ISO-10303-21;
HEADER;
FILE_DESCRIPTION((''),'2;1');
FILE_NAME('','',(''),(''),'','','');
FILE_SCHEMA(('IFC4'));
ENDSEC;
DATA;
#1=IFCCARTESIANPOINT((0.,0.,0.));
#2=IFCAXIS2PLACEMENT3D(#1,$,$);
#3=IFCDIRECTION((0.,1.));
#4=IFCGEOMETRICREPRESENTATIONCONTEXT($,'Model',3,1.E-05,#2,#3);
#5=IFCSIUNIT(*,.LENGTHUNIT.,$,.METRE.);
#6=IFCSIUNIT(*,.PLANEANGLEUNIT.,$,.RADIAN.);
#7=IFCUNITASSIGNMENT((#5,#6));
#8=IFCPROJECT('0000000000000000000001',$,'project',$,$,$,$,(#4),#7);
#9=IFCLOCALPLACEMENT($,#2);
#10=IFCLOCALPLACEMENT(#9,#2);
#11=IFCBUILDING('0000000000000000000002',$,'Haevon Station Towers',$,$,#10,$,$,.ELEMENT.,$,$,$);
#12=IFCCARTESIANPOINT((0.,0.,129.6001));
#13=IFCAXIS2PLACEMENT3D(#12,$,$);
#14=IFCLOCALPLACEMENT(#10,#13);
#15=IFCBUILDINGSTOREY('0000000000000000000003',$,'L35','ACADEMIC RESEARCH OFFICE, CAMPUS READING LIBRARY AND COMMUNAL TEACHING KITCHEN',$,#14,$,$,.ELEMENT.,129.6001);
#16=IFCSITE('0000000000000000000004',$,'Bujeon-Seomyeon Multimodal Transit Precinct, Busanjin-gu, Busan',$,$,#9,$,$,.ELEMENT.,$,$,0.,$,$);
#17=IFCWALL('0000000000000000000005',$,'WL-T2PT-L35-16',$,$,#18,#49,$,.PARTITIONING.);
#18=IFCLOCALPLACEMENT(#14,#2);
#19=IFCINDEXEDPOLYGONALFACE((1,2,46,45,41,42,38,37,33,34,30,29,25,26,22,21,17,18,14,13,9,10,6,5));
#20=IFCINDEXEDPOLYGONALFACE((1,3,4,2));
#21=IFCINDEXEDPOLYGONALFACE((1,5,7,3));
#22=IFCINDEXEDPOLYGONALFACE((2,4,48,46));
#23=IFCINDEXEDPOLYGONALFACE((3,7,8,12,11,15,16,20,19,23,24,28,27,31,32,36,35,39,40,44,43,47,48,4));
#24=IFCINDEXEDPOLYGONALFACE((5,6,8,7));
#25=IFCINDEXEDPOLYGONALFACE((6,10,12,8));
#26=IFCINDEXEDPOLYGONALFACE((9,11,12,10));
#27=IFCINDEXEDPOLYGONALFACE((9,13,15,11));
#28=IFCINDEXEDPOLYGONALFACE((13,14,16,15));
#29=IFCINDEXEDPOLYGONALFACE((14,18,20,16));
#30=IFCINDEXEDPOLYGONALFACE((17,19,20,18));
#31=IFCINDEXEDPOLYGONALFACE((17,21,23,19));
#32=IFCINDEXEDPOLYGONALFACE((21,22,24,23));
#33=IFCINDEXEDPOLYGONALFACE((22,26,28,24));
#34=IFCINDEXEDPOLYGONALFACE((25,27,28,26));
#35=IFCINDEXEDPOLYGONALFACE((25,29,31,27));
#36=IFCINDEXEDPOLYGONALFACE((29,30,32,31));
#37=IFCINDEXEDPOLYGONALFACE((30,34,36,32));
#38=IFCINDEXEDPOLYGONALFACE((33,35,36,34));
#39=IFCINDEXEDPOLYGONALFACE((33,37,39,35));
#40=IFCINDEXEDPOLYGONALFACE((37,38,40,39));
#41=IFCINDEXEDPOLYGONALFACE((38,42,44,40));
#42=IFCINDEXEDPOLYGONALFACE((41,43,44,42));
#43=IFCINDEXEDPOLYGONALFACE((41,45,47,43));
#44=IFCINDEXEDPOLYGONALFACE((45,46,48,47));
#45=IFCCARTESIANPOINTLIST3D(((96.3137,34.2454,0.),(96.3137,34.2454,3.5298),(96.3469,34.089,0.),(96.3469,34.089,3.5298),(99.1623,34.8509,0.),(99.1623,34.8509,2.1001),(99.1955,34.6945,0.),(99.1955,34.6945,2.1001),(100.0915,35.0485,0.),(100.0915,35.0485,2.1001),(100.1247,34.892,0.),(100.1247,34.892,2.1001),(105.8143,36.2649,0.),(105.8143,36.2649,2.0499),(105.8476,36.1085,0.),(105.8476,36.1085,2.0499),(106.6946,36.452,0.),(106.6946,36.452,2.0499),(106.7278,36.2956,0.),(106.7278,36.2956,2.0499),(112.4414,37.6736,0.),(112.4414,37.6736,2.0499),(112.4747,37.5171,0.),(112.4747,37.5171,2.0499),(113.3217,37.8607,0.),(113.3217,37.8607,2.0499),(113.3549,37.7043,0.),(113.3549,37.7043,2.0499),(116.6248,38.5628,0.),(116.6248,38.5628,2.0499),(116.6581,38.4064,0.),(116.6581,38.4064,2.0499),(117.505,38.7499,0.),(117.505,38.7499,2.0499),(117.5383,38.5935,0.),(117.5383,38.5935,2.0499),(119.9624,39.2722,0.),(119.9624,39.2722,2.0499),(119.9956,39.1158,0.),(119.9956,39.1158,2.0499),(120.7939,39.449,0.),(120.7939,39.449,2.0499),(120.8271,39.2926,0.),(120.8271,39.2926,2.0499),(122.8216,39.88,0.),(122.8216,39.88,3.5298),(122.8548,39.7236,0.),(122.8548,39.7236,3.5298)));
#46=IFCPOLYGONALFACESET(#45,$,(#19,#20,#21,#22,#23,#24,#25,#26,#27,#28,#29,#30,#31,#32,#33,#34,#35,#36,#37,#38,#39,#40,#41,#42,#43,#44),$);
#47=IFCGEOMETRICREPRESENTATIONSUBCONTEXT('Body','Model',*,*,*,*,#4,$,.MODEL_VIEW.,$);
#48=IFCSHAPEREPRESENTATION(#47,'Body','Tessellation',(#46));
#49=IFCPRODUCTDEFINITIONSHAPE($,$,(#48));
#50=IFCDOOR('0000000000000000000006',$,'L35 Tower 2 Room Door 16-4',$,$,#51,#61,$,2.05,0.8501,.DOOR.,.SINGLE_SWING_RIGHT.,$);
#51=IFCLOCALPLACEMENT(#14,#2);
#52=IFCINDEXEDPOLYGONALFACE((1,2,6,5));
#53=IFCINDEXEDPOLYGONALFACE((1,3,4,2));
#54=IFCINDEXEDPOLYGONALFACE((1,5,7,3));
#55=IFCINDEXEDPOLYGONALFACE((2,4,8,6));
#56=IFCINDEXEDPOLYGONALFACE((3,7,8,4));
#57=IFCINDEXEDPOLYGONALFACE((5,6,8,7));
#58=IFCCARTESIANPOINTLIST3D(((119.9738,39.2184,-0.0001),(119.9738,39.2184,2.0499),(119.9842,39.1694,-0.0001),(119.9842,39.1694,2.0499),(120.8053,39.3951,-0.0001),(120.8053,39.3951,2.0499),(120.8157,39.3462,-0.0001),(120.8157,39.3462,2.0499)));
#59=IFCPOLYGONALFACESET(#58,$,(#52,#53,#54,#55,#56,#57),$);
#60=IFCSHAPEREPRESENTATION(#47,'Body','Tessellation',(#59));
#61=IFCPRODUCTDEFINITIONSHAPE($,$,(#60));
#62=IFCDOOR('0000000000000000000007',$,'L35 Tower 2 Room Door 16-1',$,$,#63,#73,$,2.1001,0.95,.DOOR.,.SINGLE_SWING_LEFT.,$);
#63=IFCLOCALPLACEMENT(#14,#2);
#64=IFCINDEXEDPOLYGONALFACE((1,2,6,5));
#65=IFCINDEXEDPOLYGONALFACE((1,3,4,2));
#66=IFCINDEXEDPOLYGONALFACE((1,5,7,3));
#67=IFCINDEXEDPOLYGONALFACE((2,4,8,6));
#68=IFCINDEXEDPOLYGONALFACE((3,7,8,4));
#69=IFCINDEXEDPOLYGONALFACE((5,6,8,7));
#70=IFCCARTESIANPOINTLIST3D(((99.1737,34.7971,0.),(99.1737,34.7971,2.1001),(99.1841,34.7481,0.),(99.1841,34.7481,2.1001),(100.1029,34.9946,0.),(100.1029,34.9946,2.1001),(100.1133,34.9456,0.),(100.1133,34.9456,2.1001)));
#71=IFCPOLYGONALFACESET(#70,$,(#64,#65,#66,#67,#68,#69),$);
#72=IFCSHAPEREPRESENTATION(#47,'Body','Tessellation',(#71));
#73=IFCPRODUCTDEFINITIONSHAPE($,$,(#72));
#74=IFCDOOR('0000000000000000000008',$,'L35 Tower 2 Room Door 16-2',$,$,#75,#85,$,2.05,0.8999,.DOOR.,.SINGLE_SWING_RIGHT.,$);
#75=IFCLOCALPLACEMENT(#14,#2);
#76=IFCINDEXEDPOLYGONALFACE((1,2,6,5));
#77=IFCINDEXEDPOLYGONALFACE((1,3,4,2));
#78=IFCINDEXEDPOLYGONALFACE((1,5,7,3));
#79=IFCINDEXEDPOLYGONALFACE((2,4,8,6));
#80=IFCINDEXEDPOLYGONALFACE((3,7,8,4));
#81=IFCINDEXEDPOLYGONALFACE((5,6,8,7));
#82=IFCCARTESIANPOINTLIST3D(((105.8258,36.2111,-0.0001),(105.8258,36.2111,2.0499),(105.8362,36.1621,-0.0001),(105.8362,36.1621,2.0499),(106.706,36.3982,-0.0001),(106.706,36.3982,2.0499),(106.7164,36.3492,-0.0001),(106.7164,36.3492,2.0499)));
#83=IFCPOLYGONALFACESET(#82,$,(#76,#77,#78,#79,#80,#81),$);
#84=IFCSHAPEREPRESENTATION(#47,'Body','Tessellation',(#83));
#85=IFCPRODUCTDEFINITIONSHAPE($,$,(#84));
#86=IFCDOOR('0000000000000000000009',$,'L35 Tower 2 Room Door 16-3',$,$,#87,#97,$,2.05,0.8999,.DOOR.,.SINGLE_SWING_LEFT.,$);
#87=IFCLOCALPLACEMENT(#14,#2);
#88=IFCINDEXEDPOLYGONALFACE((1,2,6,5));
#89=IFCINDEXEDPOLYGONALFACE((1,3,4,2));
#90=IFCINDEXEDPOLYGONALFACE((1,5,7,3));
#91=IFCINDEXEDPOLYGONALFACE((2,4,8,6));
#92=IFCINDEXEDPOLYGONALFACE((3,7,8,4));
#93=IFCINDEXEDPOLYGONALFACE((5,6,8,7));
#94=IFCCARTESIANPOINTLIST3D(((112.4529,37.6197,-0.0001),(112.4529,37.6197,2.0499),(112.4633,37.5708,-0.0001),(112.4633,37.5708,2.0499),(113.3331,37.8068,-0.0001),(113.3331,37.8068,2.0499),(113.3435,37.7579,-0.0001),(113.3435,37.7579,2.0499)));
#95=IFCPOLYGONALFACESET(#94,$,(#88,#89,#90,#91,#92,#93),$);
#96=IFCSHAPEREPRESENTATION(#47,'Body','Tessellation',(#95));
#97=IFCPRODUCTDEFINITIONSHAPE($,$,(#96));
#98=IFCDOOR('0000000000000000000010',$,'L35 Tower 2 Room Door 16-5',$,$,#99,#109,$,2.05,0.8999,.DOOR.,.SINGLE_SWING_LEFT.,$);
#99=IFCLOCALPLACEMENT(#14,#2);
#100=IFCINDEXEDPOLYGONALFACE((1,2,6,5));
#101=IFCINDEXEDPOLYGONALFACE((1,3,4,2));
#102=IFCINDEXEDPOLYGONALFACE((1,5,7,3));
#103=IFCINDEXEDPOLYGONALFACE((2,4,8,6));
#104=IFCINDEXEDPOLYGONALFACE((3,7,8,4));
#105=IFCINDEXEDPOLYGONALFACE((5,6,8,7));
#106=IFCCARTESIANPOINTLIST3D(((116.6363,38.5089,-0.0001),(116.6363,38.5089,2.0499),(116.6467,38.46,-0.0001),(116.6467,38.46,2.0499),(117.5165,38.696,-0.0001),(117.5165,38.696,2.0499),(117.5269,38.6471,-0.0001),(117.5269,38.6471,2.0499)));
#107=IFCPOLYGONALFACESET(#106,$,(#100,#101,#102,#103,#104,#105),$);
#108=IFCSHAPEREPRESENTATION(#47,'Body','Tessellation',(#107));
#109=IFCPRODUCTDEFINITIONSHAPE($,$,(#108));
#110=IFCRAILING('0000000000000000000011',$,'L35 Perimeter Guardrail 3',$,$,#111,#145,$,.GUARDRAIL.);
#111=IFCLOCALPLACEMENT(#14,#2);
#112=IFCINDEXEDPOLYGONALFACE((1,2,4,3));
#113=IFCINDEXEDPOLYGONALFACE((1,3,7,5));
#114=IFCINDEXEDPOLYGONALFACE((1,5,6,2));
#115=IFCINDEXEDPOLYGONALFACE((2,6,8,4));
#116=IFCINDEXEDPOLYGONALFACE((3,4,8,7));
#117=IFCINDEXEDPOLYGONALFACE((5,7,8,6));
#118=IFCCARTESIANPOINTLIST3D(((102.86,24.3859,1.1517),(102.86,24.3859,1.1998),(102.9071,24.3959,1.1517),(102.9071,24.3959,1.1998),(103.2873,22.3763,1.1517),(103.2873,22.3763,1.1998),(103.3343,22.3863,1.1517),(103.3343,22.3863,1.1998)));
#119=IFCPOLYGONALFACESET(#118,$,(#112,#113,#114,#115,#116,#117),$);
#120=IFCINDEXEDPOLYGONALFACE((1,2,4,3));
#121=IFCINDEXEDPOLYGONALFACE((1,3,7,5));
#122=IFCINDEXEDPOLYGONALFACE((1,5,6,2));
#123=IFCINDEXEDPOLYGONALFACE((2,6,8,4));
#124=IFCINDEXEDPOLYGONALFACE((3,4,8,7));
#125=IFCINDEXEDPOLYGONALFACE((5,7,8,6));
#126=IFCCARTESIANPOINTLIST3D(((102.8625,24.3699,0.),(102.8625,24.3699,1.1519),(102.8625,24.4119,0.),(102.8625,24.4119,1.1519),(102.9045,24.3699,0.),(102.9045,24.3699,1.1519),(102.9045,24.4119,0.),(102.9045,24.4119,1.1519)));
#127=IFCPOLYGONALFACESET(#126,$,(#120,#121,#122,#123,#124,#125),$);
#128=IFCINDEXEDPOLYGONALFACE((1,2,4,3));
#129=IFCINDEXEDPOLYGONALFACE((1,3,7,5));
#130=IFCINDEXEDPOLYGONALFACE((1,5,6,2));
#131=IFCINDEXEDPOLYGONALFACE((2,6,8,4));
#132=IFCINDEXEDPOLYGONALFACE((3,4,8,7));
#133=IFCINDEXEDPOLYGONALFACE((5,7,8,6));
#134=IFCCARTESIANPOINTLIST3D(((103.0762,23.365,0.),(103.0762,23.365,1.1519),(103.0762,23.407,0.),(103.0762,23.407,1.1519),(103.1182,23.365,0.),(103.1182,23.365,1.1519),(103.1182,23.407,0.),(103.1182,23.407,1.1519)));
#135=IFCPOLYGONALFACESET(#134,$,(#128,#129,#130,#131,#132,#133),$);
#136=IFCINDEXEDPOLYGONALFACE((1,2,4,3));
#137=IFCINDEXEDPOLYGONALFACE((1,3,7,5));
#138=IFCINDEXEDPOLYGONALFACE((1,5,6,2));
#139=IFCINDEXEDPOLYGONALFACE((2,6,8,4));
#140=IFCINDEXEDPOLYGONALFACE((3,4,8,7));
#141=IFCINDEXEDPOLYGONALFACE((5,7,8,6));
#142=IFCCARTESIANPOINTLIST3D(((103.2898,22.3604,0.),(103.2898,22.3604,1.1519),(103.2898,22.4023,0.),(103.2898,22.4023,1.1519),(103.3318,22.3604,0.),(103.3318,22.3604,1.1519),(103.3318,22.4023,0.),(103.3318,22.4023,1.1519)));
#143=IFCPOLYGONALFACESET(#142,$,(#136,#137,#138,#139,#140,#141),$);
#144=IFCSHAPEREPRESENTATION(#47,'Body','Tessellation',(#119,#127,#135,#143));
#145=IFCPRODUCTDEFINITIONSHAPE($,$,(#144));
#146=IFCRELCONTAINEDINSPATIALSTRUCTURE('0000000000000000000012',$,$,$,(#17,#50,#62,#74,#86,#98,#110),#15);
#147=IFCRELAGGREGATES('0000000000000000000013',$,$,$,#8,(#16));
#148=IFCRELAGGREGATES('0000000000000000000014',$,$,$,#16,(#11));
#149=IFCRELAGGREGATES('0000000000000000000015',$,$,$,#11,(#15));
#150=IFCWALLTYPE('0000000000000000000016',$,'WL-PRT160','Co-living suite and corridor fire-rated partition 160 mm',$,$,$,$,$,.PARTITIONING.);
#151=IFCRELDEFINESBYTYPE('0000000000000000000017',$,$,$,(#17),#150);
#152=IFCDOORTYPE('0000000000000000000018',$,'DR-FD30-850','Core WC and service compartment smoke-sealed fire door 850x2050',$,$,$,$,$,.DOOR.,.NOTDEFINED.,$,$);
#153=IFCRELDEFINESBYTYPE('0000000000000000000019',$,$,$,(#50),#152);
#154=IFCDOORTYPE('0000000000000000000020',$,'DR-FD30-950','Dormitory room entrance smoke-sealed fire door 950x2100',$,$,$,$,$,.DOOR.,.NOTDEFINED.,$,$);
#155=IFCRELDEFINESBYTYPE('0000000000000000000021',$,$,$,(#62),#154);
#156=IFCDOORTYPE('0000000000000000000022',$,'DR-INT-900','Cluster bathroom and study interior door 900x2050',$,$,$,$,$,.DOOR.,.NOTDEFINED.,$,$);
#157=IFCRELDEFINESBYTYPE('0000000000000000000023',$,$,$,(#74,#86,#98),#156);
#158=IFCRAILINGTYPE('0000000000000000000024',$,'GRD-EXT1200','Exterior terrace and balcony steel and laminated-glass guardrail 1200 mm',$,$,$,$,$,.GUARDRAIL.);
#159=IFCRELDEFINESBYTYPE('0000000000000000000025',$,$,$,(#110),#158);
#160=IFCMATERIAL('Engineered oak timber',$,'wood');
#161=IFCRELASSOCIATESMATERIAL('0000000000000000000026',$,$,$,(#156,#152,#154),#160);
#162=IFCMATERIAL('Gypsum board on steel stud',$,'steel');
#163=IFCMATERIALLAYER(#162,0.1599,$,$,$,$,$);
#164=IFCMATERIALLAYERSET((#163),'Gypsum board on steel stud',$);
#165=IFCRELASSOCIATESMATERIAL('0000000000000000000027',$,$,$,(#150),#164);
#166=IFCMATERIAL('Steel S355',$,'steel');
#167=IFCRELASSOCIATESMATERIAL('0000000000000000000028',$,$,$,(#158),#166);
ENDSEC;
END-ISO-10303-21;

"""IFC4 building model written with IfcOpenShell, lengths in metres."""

from ifc_helpers import new_model, si_unit, direction, frame, frame_2d, origin, origin_2d, place, context, subcontext, project, spatial, rectangle, extrude, material, layer, layer_set, type_object, element, fill, save


model = new_model("IFC4")

# Units and contexts
model_context = context("Model", 3, precision=1e-05, world=origin(), true_north=direction((0.0, 1.0)))
body_context = subcontext(model_context, "Body", "Model", "MODEL_VIEW")
ifc_project = project(units=[si_unit("LENGTHUNIT", "METRE"), si_unit("PLANEANGLEUNIT", "RADIAN")], contexts=[model_context])

# Site, building, storey
site_placement = place(None, origin())
site = spatial("IfcSite", under=ifc_project, at=site_placement, Name="Bujeon-Seomyeon Multimodal Transit Precinct, Busanjin-gu, Busan", CompositionType="ELEMENT", RefElevation=0.0)
building_placement = place(site_placement, origin())
building = spatial("IfcBuilding", under=site, at=building_placement, Name="Haevon Station Towers", CompositionType="ELEMENT")
storey_placement = place(building_placement, frame((0.0, 0.0, 129.6001)))
storey = spatial("IfcBuildingStorey", under=building, at=storey_placement, Name="L35", Description="ACADEMIC RESEARCH OFFICE, CAMPUS READING LIBRARY AND COMMUNAL TEACHING KITCHEN", CompositionType="ELEMENT", Elevation=129.6001)

# Shared definitions
ifc_material_1 = material(Name="Steel S355", Category="steel")

# Shared definitions
ifc_material_2 = material(Name="Gypsum board on steel stud", Category="steel")
ifc_material_3 = material(Name="Engineered oak timber", Category="wood")
door_type_1 = type_object("IfcDoorType", Name="DR-INT-900", Description="Cluster bathroom and study interior door 900x2050", OperationType="NOTDEFINED", PredefinedType="DOOR", material=ifc_material_3)

# Shared definitions
ifc_layer_1 = layer(ifc_material_2, 0.1599)
ifc_layer_set_1 = layer_set([ifc_layer_1], Name="Gypsum board on steel stud")
wall_type_1 = type_object("IfcWallType", Name="WL-PRT160", Description="Co-living suite and corridor fire-rated partition 160 mm", PredefinedType="PARTITIONING", material=ifc_layer_set_1)

# Wall, openings, doors
wall_1_placement = place(storey_placement, frame((96.3303, 34.1672, 0.0), z_axis=(0.0, 0.0, 1.0), x_axis=(0.978147, 0.207916, 0.0)))
wall_1 = element("IfcWall", 1, at=wall_1_placement, inside=storey, type_object=wall_type_1, Name="WL-T2PT-L35-16", PredefinedType="PARTITIONING", context=body_context, shape_type="SweptSolid", body=[
    extrude(rectangle(XDim=27.1001, YDim=0.1599, at=frame_2d((13.55, 0.0))), origin(), (0.0, 0.0, 1.0), 3.5298),
])
opening_1_placement = place(wall_1_placement, frame((2.9121, 0.0, 0.0)))
opening_1 = element("IfcOpeningElement", 2, at=opening_1_placement, cuts=wall_1, PredefinedType="OPENING", context=body_context, shape_type="SweptSolid", body=[
    extrude(rectangle(XDim=0.95, YDim=2.1001, at=frame_2d((0.4751, 1.05))), frame((0.0, 0.0898, 0.0), z_axis=(0.0, -1.0, 0.0), x_axis=(1.0, 0.0, 0.0)), (0.0, 0.0, 1.0), 0.1799),
])
opening_2_placement = place(wall_1_placement, frame((9.7129, 0.0, 0.0)))
opening_2 = element("IfcOpeningElement", 3, at=opening_2_placement, cuts=wall_1, PredefinedType="OPENING", context=body_context, shape_type="SweptSolid", body=[
    extrude(rectangle(XDim=0.8999, YDim=2.05, at=frame_2d((0.45, 1.0249))), frame((0.0, 0.0898, 0.0), z_axis=(0.0, -1.0, 0.0), x_axis=(1.0, 0.0, 0.0)), (0.0, 0.0, 1.0), 0.1799),
])
opening_3_placement = place(wall_1_placement, frame((16.488, 0.0, 0.0)))
opening_3 = element("IfcOpeningElement", 4, at=opening_3_placement, cuts=wall_1, PredefinedType="OPENING", context=body_context, shape_type="SweptSolid", body=[
    extrude(rectangle(XDim=0.8999, YDim=2.05, at=frame_2d((0.45, 1.0249))), frame((0.0, 0.0898, 0.0), z_axis=(0.0, -1.0, 0.0), x_axis=(1.0, 0.0, 0.0)), (0.0, 0.0, 1.0), 0.1799),
])
opening_4_placement = place(wall_1_placement, frame((24.177, 0.0, 0.0)))
opening_4 = element("IfcOpeningElement", 5, at=opening_4_placement, cuts=wall_1, PredefinedType="OPENING", context=body_context, shape_type="SweptSolid", body=[
    extrude(rectangle(XDim=0.8501, YDim=2.05, at=frame_2d((0.425, 1.0249))), frame((0.0, 0.0898, 0.0), z_axis=(0.0, -1.0, 0.0), x_axis=(1.0, 0.0, 0.0)), (0.0, 0.0, 1.0), 0.1799),
])
opening_5_placement = place(wall_1_placement, frame((20.7649, 0.0, 0.0)))
opening_5 = element("IfcOpeningElement", 6, at=opening_5_placement, cuts=wall_1, PredefinedType="OPENING", context=body_context, shape_type="SweptSolid", body=[
    extrude(rectangle(XDim=0.8999, YDim=2.05, at=frame_2d((0.45, 1.0249))), frame((0.0, 0.0898, 0.0), z_axis=(0.0, -1.0, 0.0), x_axis=(1.0, 0.0, 0.0)), (0.0, 0.0, 1.0), 0.1799),
])
door_type_2 = type_object("IfcDoorType", Name="DR-FD30-850", Description="Core WC and service compartment smoke-sealed fire door 850x2050", OperationType="NOTDEFINED", PredefinedType="DOOR", material=ifc_material_3)
door_1_placement = place(opening_4_placement, origin())
door_1 = element("IfcDoor", 7, at=door_1_placement, inside=storey, type_object=door_type_2, Name="L35 Tower 2 Room Door 16-4", OperationType="SINGLE_SWING_RIGHT", OverallHeight=2.05, OverallWidth=0.8501, PredefinedType="DOOR", context=body_context, shape_type="SweptSolid", body=[
    extrude(rectangle(XDim=0.8501, YDim=2.05, at=frame_2d((0.425, 1.0249))), frame((0.0, 0.0249, 0.0), z_axis=(0.0, -1.0, 0.0), x_axis=(1.0, 0.0, 0.0)), (0.0, 0.0, 1.0), 0.05),
])
fill(opening_4, door_1)
door_type_3 = type_object("IfcDoorType", Name="DR-FD30-950", Description="Dormitory room entrance smoke-sealed fire door 950x2100", OperationType="NOTDEFINED", PredefinedType="DOOR", material=ifc_material_3)
door_2_placement = place(opening_1_placement, origin())
door_2 = element("IfcDoor", 8, at=door_2_placement, inside=storey, type_object=door_type_3, Name="L35 Tower 2 Room Door 16-1", OperationType="SINGLE_SWING_LEFT", OverallHeight=2.1001, OverallWidth=0.95, PredefinedType="DOOR", context=body_context, shape_type="SweptSolid", body=[
    extrude(rectangle(XDim=0.95, YDim=2.1001, at=frame_2d((0.4751, 1.05))), frame((0.0, 0.0249, 0.0), z_axis=(0.0, -1.0, 0.0), x_axis=(1.0, 0.0, 0.0)), (0.0, 0.0, 1.0), 0.05),
])
fill(opening_1, door_2)
door_3_placement = place(opening_2_placement, origin())
door_3 = element("IfcDoor", 9, at=door_3_placement, inside=storey, type_object=door_type_1, Name="L35 Tower 2 Room Door 16-2", OperationType="SINGLE_SWING_RIGHT", OverallHeight=2.05, OverallWidth=0.8999, PredefinedType="DOOR", context=body_context, shape_type="SweptSolid", body=[
    extrude(rectangle(XDim=0.8999, YDim=2.05, at=frame_2d((0.45, 1.0249))), frame((0.0, 0.0249, 0.0), z_axis=(0.0, -1.0, 0.0), x_axis=(1.0, 0.0, 0.0)), (0.0, 0.0, 1.0), 0.05),
])
fill(opening_2, door_3)
door_4_placement = place(opening_3_placement, origin())
door_4 = element("IfcDoor", 10, at=door_4_placement, inside=storey, type_object=door_type_1, Name="L35 Tower 2 Room Door 16-3", OperationType="SINGLE_SWING_LEFT", OverallHeight=2.05, OverallWidth=0.8999, PredefinedType="DOOR", context=body_context, shape_type="SweptSolid", body=[
    extrude(rectangle(XDim=0.8999, YDim=2.05, at=frame_2d((0.45, 1.0249))), frame((0.0, 0.0249, 0.0), z_axis=(0.0, -1.0, 0.0), x_axis=(1.0, 0.0, 0.0)), (0.0, 0.0, 1.0), 0.05),
])
fill(opening_3, door_4)
door_5_placement = place(opening_5_placement, origin())
door_5 = element("IfcDoor", 11, at=door_5_placement, inside=storey, type_object=door_type_1, Name="L35 Tower 2 Room Door 16-5", OperationType="SINGLE_SWING_LEFT", OverallHeight=2.05, OverallWidth=0.8999, PredefinedType="DOOR", context=body_context, shape_type="SweptSolid", body=[
    extrude(rectangle(XDim=0.8999, YDim=2.05, at=frame_2d((0.45, 1.0249))), frame((0.0, 0.0249, 0.0), z_axis=(0.0, -1.0, 0.0), x_axis=(1.0, 0.0, 0.0)), (0.0, 0.0, 1.0), 0.05),
])
fill(opening_5, door_5)

# Railing
railing_type = type_object("IfcRailingType", Name="GRD-EXT1200", Description="Exterior terrace and balcony steel and laminated-glass guardrail 1200 mm", PredefinedType="GUARDRAIL", material=ifc_material_1)
railing_placement = place(storey_placement, frame((102.8835, 24.3909, 0.0)))
element("IfcRailing", 12, at=railing_placement, inside=storey, type_object=railing_type, Name="L35 Perimeter Guardrail 3", PredefinedType="GUARDRAIL", context=body_context, shape_type="SweptSolid", body=[
    extrude(rectangle(XDim=0.0481, YDim=0.0481, at=origin_2d()), frame((0.0, 0.0, 1.1758), z_axis=(0.207963, -0.978137, 0.0), x_axis=(0.978137, 0.207963, 0.0)), (0.0, 0.0, 1.0), 2.0544),
    extrude(rectangle(XDim=0.042, YDim=0.042, at=origin_2d()), origin(), (0.0, 0.0, 1.0), 1.1519),
    extrude(rectangle(XDim=0.042, YDim=0.042, at=origin_2d()), frame((0.2136, -1.0049, 0.0)), (0.0, 0.0, 1.0), 1.1519),
    extrude(rectangle(XDim=0.042, YDim=0.042, at=origin_2d()), frame((0.4272, -2.0095, 0.0)), (0.0, 0.0, 1.0), 1.1519),
])

save(model, "model.ifc")
